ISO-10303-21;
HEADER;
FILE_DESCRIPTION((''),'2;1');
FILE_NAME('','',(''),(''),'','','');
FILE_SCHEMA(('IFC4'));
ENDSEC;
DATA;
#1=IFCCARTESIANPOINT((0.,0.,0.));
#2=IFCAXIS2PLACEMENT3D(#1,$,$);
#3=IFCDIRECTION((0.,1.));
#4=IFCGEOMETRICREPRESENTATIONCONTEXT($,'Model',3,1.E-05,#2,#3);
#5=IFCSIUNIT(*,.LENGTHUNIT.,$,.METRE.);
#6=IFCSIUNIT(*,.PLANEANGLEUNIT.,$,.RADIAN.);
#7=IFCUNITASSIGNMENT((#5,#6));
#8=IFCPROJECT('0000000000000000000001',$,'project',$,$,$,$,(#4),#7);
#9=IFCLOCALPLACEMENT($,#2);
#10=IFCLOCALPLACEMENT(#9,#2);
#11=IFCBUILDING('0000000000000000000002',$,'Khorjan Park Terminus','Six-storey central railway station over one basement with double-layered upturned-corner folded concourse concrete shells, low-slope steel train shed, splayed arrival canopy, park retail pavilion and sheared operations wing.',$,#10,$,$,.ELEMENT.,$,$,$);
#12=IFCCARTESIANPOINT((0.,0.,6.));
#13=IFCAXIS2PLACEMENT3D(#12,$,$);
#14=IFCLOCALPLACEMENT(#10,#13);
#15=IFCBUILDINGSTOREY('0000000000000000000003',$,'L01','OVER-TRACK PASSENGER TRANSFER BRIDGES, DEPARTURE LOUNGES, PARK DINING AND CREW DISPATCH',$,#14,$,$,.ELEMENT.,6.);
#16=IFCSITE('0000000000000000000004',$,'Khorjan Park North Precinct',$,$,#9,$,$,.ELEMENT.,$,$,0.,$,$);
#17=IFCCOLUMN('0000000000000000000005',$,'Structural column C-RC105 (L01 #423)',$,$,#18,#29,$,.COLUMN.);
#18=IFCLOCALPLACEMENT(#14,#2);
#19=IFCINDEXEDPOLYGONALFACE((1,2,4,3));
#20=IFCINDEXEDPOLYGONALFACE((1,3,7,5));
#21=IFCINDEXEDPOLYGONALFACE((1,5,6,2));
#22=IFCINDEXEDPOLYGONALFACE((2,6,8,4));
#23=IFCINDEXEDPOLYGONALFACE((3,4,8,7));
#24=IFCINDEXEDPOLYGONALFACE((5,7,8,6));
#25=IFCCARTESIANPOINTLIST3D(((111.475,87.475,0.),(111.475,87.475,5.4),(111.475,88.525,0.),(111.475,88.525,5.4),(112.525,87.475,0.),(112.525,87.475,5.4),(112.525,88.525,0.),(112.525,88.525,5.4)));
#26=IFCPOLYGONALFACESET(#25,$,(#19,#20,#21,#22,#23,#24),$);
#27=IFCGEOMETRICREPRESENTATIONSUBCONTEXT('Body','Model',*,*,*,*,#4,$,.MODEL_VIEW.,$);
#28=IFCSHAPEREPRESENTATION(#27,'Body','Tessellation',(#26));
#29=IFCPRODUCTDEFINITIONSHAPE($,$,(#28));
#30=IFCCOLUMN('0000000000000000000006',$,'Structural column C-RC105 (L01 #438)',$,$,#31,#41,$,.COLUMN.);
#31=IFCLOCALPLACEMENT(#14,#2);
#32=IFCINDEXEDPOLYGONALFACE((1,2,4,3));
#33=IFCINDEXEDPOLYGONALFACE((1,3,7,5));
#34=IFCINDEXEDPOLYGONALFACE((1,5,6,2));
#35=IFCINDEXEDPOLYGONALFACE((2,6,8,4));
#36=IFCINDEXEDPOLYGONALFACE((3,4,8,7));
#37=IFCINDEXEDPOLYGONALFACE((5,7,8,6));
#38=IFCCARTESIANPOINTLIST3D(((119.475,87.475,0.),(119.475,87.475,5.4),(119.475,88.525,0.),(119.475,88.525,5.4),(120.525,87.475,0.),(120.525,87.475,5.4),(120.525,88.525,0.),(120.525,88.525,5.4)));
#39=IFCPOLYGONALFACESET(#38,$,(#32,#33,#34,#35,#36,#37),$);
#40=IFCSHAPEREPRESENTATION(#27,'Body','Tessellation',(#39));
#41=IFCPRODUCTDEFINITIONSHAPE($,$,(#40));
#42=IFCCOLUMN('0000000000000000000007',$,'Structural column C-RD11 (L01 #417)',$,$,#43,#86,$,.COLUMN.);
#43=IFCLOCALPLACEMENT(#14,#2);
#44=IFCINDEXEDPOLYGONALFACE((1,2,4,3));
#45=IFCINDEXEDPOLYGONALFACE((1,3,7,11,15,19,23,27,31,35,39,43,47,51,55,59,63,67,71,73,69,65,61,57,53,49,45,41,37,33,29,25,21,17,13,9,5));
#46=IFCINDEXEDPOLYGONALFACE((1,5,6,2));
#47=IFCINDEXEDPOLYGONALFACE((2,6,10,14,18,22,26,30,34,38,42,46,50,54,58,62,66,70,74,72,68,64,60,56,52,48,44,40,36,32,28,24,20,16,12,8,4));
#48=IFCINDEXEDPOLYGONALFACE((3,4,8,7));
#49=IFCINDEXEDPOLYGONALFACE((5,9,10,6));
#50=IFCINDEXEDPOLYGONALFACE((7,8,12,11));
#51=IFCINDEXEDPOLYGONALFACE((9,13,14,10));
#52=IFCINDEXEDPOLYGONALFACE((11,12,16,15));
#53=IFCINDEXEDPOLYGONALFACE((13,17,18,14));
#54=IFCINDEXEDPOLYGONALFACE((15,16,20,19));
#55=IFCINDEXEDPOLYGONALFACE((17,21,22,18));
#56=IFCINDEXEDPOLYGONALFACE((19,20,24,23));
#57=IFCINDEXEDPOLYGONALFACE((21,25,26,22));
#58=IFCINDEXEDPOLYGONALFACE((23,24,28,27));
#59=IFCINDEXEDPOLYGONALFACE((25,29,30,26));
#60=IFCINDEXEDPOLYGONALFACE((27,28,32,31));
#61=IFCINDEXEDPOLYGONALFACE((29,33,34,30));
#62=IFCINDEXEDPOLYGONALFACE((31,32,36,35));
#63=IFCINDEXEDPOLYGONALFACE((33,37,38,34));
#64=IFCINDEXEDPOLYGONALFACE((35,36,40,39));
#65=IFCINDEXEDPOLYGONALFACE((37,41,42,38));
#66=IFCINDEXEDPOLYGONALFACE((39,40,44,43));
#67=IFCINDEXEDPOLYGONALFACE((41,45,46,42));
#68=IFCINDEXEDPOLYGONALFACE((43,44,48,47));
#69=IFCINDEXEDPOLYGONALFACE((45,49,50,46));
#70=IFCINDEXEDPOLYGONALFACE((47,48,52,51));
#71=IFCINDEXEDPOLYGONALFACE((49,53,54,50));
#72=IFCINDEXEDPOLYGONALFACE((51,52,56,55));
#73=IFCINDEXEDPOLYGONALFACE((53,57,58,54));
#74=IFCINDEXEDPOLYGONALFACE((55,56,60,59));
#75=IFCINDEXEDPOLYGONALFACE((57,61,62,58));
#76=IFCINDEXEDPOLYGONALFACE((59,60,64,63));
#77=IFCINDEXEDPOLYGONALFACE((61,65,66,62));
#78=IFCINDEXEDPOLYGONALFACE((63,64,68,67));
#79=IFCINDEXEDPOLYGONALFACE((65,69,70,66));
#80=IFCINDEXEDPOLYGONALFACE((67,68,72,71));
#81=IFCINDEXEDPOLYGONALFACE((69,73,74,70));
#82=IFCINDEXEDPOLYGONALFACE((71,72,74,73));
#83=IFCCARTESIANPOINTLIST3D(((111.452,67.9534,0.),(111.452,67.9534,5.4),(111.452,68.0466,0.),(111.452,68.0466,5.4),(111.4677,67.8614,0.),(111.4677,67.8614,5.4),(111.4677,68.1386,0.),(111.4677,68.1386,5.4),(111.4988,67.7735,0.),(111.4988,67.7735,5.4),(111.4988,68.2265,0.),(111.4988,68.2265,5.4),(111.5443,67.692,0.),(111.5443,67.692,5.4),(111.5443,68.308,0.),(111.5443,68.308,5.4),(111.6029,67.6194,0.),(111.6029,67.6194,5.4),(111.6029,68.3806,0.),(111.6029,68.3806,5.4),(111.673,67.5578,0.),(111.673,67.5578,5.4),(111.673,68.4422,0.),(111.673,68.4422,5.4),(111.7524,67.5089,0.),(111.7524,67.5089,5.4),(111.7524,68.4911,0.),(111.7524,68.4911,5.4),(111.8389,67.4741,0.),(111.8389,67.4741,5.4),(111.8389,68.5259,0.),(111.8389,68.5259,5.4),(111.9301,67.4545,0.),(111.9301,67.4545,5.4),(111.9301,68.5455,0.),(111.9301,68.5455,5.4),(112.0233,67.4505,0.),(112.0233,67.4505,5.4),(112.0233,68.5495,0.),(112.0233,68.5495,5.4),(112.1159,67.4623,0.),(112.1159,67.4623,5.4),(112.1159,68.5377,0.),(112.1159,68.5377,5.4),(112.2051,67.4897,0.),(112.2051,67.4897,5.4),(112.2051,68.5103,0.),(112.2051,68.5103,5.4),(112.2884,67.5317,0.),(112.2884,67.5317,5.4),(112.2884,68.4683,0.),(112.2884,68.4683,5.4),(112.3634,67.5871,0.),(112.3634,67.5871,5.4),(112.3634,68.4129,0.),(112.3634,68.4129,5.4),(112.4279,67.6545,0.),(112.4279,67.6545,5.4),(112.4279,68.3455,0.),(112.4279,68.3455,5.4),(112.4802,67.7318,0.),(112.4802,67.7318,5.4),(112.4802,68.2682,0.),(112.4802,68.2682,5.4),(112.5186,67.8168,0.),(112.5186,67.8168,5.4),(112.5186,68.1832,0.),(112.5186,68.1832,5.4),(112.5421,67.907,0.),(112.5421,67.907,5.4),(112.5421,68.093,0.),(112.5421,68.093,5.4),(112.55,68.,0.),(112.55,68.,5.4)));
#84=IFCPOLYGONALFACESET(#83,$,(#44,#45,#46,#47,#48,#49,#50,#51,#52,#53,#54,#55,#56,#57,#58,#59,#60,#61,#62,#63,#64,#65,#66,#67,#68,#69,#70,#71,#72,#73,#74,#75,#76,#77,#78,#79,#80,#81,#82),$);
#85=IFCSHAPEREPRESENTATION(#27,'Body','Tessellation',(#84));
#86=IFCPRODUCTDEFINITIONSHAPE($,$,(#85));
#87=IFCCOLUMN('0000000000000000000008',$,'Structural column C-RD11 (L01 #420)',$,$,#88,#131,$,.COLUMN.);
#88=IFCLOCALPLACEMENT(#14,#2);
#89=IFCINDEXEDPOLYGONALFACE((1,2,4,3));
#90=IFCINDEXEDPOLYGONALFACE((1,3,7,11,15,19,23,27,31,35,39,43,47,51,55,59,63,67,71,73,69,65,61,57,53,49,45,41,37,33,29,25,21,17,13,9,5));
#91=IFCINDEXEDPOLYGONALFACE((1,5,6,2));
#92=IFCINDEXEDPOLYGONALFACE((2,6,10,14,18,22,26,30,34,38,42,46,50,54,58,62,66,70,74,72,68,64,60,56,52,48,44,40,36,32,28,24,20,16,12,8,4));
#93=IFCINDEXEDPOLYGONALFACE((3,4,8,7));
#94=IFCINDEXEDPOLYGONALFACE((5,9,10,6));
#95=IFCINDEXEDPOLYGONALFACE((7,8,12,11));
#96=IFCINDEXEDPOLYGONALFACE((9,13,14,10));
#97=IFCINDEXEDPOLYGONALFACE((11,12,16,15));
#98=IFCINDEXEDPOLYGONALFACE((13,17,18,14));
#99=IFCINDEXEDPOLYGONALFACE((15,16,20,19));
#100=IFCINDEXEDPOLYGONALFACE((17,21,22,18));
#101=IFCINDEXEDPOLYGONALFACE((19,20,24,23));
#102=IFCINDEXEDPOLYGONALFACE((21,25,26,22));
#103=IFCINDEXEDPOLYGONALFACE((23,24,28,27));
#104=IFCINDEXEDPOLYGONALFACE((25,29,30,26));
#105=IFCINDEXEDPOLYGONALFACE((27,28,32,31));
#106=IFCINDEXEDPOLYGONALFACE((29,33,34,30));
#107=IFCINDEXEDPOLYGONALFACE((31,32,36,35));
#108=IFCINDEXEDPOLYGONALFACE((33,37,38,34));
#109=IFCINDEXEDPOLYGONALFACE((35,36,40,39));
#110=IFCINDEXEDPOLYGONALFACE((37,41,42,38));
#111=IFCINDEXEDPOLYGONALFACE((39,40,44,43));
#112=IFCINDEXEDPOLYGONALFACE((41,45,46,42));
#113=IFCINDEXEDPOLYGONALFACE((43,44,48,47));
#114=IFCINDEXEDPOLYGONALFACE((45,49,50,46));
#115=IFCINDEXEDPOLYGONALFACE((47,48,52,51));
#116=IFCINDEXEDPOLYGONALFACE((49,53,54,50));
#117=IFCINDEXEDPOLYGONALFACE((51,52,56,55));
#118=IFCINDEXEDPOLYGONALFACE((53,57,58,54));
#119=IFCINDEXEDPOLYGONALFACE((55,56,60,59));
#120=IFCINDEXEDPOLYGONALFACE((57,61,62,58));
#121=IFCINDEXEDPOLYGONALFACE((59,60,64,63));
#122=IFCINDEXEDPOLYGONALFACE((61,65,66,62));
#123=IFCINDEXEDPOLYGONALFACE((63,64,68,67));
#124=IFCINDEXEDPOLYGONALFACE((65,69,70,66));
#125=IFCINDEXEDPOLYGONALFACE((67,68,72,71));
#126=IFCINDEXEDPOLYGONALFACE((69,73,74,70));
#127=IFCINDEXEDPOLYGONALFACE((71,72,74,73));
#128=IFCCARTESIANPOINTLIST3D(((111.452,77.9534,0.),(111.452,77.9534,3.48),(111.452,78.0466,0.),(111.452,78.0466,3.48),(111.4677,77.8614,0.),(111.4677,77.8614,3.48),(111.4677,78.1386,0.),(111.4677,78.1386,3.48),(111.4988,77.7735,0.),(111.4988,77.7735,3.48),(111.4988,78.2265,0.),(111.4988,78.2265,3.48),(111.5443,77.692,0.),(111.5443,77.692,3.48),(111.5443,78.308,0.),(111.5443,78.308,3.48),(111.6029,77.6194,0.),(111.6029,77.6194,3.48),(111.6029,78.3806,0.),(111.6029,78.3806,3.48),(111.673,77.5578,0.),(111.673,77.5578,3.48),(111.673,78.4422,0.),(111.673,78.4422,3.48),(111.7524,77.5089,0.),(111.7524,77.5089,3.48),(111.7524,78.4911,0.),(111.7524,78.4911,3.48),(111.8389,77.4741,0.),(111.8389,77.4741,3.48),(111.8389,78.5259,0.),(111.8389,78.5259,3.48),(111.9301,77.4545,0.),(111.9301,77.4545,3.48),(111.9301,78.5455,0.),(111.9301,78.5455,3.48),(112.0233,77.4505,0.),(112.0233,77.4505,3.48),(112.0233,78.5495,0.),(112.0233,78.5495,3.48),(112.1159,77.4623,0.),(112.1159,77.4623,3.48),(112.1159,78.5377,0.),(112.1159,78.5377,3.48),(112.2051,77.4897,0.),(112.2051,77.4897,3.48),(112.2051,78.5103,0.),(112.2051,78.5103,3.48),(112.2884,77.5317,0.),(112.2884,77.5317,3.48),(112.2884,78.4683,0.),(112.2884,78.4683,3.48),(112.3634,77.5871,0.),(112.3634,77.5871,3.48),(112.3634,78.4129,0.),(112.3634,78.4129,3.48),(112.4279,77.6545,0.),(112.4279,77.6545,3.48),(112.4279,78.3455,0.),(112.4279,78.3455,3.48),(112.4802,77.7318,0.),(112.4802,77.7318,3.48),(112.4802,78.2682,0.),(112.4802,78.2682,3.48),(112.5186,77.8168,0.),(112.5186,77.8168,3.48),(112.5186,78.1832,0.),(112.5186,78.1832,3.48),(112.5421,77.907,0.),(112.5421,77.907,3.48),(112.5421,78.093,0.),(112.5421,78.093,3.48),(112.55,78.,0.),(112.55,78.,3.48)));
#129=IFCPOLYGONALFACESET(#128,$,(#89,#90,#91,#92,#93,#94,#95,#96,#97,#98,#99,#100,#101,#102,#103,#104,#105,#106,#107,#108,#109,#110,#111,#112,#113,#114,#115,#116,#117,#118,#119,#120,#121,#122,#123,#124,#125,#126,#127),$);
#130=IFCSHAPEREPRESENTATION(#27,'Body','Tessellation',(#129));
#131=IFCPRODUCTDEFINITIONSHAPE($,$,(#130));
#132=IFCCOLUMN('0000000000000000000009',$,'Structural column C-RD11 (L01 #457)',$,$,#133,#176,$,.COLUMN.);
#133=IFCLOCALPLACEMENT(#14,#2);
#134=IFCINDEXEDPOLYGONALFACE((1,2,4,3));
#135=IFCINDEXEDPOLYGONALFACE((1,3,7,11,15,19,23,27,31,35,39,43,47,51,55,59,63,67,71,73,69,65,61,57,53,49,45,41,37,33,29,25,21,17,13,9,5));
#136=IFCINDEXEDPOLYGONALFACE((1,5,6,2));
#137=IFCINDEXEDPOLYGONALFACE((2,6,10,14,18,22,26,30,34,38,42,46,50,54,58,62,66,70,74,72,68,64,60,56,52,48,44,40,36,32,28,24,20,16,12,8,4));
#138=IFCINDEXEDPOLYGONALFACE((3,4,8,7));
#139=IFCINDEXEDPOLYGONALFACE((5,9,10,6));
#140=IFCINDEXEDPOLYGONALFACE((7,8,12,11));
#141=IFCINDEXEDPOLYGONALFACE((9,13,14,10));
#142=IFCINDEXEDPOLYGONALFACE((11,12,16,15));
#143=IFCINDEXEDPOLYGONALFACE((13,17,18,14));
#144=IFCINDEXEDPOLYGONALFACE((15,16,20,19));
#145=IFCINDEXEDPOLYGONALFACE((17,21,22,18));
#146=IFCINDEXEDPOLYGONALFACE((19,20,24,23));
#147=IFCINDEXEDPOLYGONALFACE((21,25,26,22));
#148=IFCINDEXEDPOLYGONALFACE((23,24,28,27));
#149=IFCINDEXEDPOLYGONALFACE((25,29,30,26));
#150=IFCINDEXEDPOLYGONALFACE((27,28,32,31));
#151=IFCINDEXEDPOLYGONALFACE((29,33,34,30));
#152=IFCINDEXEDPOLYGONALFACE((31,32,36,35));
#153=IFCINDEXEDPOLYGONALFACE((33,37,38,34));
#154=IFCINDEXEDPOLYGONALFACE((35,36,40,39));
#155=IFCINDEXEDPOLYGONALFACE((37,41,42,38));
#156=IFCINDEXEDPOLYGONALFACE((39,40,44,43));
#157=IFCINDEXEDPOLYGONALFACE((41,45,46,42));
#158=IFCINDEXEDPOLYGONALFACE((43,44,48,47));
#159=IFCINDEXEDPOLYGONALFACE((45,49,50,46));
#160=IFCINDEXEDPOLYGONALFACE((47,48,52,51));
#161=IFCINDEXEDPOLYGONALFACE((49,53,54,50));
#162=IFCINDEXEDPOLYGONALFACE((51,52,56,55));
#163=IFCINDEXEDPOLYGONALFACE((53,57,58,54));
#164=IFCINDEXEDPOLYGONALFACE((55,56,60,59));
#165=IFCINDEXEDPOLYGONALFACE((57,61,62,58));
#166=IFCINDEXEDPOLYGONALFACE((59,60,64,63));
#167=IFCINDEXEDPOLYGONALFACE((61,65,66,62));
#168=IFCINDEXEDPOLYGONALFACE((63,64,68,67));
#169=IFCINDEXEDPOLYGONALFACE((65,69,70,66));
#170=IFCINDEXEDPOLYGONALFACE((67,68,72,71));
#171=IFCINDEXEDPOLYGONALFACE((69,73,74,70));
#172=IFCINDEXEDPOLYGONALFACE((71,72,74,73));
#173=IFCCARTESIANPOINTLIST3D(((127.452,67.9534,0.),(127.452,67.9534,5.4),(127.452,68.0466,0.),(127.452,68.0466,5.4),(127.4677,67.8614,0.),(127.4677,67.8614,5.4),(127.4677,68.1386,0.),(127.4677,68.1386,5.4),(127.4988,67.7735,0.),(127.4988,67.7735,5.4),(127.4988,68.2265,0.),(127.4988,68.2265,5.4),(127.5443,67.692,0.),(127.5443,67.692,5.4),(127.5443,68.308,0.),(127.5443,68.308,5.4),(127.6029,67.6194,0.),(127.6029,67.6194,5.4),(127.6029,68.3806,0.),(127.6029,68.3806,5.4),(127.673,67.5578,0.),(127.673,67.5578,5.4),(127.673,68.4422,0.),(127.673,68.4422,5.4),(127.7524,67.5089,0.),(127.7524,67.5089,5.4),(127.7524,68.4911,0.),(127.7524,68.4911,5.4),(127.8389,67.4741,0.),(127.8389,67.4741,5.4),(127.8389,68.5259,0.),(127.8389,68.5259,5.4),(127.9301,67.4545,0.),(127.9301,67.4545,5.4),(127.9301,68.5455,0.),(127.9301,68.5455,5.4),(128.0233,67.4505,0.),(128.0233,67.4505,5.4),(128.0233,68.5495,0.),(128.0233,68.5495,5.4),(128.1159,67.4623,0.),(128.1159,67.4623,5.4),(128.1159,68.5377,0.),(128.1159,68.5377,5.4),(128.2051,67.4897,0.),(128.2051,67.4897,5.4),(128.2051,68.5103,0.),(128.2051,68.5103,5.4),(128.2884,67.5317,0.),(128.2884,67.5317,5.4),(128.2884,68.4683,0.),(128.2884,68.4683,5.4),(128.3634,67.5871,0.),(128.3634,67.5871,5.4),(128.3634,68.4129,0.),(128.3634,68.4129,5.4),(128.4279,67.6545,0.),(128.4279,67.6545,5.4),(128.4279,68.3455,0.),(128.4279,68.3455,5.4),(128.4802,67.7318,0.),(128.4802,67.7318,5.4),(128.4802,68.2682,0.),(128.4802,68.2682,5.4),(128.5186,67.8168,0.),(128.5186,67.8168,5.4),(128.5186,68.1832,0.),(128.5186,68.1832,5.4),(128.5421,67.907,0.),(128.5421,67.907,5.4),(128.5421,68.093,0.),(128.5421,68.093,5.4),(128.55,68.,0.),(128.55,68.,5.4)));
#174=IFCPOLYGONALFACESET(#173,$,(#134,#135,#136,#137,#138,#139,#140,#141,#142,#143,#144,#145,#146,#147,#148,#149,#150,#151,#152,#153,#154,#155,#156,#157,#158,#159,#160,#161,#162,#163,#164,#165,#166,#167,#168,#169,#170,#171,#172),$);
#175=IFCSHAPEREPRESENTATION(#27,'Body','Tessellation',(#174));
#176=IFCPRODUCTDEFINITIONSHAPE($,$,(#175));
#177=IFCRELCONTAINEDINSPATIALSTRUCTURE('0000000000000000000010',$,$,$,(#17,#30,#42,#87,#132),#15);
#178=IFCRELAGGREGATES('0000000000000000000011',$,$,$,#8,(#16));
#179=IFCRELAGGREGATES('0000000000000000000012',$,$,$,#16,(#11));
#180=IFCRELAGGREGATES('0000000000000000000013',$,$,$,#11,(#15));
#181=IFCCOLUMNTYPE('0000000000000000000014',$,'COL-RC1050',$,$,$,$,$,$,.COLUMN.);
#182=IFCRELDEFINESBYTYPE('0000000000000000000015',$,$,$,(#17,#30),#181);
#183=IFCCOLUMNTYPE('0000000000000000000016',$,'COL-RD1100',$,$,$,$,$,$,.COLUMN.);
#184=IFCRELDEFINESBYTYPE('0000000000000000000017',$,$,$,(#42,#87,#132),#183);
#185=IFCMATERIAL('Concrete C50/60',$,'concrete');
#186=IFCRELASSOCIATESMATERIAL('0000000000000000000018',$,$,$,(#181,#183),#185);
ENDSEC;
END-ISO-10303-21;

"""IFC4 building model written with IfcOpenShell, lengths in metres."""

from ifc_helpers import new_model, si_unit, direction, frame, origin, origin_2d, place, context, subcontext, project, spatial, rectangle, circle, extrude, material, material_profile, profile_set, type_object, element, save


model = new_model("IFC4")

# Units and contexts
model_context = context("Model", 3, precision=1e-05, world=origin(), true_north=direction((0.0, 1.0)))
body_context = subcontext(model_context, "Body", "Model", "MODEL_VIEW")
ifc_project = project(units=[si_unit("LENGTHUNIT", "METRE"), si_unit("PLANEANGLEUNIT", "RADIAN")], contexts=[model_context])

# Site, building, storey
site_placement = place(None, origin())
site = spatial("IfcSite", under=ifc_project, at=site_placement, Name="Khorjan Park North Precinct", CompositionType="ELEMENT", RefElevation=0.0)
building_placement = place(site_placement, origin())
building = spatial("IfcBuilding", under=site, at=building_placement, Name="Khorjan Park Terminus", Description="Six-storey central railway station over one basement with double-layered upturned-corner folded concourse concrete shells, low-slope steel train shed, splayed arrival canopy, park retail pavilion and sheared operations wing.", CompositionType="ELEMENT")
storey_placement = place(building_placement, frame((0.0, 0.0, 6.0)))
storey = spatial("IfcBuildingStorey", under=building, at=storey_placement, Name="L01", Description="OVER-TRACK PASSENGER TRANSFER BRIDGES, DEPARTURE LOUNGES, PARK DINING AND CREW DISPATCH", CompositionType="ELEMENT", Elevation=6.0)

# Columns
ifc_material_1 = material(Name="Concrete C50/60", Category="concrete")
ifc_material_profile_1 = material_profile(ifc_material_1, rectangle(XDim=1.05, YDim=1.05, at=origin_2d()), Name="RC 1050x1050")
ifc_profile_set_1 = profile_set([ifc_material_profile_1], Name="Concrete C50/60")
column_type_1 = type_object("IfcColumnType", Name="COL-RC1050", PredefinedType="COLUMN", material=ifc_profile_set_1)
for number, where, z_axis, x_axis, name in (
    (1, (112.0, 88.0, 0.0), (0.0, 0.0, 1.0), (1.0, 0.0, 0.0), "Structural column C-RC105 (L01 #423)"),
    (2, (120.0, 88.0, 0.0), (0.0, 0.0, 1.0), (1.0, 0.0, 0.0), "Structural column C-RC105 (L01 #438)"),
):
    element("IfcColumn", number, at=place(storey_placement, frame(where, z_axis=z_axis, x_axis=x_axis)), inside=storey, type_object=column_type_1, Name=name, PredefinedType="COLUMN", context=body_context, shape_type="SweptSolid", body=[
        extrude(rectangle(XDim=1.05, YDim=1.05, at=origin_2d()), origin(), (0.0, 0.0, 1.0), 5.4),
    ])
ifc_material_profile_2 = material_profile(ifc_material_1, circle(Radius=0.55, at=origin_2d()), Name="RC D1100")
ifc_profile_set_2 = profile_set([ifc_material_profile_2], Name="Concrete C50/60")
column_type_2 = type_object("IfcColumnType", Name="COL-RD1100", PredefinedType="COLUMN", material=ifc_profile_set_2)
column_1_placement = place(storey_placement, frame((112.0, 68.0, 0.0), z_axis=(0.0, 0.0, 1.0), x_axis=(1.0, 0.0, 0.0)))
element("IfcColumn", 3, at=column_1_placement, inside=storey, type_object=column_type_2, Name="Structural column C-RD11 (L01 #417)", PredefinedType="COLUMN", context=body_context, shape_type="SweptSolid", body=[
    extrude(circle(Radius=0.55, at=origin_2d()), origin(), (0.0, 0.0, 1.0), 5.4),
])
column_2_placement = place(storey_placement, frame((112.0, 78.0, 0.0), z_axis=(0.0, 0.0, 1.0), x_axis=(1.0, 0.0, 0.0)))
element("IfcColumn", 4, at=column_2_placement, inside=storey, type_object=column_type_2, Name="Structural column C-RD11 (L01 #420)", PredefinedType="COLUMN", context=body_context, shape_type="SweptSolid", body=[
    extrude(circle(Radius=0.55, at=origin_2d()), origin(), (0.0, 0.0, 1.0), 3.48),
])
column_3_placement = place(storey_placement, frame((128.0, 68.0, 0.0), z_axis=(0.0, 0.0, 1.0), x_axis=(1.0, 0.0, 0.0)))
element("IfcColumn", 5, at=column_3_placement, inside=storey, type_object=column_type_2, Name="Structural column C-RD11 (L01 #457)", PredefinedType="COLUMN", context=body_context, shape_type="SweptSolid", body=[
    extrude(circle(Radius=0.55, at=origin_2d()), origin(), (0.0, 0.0, 1.0), 5.4),
])

save(model, "model.ifc")
